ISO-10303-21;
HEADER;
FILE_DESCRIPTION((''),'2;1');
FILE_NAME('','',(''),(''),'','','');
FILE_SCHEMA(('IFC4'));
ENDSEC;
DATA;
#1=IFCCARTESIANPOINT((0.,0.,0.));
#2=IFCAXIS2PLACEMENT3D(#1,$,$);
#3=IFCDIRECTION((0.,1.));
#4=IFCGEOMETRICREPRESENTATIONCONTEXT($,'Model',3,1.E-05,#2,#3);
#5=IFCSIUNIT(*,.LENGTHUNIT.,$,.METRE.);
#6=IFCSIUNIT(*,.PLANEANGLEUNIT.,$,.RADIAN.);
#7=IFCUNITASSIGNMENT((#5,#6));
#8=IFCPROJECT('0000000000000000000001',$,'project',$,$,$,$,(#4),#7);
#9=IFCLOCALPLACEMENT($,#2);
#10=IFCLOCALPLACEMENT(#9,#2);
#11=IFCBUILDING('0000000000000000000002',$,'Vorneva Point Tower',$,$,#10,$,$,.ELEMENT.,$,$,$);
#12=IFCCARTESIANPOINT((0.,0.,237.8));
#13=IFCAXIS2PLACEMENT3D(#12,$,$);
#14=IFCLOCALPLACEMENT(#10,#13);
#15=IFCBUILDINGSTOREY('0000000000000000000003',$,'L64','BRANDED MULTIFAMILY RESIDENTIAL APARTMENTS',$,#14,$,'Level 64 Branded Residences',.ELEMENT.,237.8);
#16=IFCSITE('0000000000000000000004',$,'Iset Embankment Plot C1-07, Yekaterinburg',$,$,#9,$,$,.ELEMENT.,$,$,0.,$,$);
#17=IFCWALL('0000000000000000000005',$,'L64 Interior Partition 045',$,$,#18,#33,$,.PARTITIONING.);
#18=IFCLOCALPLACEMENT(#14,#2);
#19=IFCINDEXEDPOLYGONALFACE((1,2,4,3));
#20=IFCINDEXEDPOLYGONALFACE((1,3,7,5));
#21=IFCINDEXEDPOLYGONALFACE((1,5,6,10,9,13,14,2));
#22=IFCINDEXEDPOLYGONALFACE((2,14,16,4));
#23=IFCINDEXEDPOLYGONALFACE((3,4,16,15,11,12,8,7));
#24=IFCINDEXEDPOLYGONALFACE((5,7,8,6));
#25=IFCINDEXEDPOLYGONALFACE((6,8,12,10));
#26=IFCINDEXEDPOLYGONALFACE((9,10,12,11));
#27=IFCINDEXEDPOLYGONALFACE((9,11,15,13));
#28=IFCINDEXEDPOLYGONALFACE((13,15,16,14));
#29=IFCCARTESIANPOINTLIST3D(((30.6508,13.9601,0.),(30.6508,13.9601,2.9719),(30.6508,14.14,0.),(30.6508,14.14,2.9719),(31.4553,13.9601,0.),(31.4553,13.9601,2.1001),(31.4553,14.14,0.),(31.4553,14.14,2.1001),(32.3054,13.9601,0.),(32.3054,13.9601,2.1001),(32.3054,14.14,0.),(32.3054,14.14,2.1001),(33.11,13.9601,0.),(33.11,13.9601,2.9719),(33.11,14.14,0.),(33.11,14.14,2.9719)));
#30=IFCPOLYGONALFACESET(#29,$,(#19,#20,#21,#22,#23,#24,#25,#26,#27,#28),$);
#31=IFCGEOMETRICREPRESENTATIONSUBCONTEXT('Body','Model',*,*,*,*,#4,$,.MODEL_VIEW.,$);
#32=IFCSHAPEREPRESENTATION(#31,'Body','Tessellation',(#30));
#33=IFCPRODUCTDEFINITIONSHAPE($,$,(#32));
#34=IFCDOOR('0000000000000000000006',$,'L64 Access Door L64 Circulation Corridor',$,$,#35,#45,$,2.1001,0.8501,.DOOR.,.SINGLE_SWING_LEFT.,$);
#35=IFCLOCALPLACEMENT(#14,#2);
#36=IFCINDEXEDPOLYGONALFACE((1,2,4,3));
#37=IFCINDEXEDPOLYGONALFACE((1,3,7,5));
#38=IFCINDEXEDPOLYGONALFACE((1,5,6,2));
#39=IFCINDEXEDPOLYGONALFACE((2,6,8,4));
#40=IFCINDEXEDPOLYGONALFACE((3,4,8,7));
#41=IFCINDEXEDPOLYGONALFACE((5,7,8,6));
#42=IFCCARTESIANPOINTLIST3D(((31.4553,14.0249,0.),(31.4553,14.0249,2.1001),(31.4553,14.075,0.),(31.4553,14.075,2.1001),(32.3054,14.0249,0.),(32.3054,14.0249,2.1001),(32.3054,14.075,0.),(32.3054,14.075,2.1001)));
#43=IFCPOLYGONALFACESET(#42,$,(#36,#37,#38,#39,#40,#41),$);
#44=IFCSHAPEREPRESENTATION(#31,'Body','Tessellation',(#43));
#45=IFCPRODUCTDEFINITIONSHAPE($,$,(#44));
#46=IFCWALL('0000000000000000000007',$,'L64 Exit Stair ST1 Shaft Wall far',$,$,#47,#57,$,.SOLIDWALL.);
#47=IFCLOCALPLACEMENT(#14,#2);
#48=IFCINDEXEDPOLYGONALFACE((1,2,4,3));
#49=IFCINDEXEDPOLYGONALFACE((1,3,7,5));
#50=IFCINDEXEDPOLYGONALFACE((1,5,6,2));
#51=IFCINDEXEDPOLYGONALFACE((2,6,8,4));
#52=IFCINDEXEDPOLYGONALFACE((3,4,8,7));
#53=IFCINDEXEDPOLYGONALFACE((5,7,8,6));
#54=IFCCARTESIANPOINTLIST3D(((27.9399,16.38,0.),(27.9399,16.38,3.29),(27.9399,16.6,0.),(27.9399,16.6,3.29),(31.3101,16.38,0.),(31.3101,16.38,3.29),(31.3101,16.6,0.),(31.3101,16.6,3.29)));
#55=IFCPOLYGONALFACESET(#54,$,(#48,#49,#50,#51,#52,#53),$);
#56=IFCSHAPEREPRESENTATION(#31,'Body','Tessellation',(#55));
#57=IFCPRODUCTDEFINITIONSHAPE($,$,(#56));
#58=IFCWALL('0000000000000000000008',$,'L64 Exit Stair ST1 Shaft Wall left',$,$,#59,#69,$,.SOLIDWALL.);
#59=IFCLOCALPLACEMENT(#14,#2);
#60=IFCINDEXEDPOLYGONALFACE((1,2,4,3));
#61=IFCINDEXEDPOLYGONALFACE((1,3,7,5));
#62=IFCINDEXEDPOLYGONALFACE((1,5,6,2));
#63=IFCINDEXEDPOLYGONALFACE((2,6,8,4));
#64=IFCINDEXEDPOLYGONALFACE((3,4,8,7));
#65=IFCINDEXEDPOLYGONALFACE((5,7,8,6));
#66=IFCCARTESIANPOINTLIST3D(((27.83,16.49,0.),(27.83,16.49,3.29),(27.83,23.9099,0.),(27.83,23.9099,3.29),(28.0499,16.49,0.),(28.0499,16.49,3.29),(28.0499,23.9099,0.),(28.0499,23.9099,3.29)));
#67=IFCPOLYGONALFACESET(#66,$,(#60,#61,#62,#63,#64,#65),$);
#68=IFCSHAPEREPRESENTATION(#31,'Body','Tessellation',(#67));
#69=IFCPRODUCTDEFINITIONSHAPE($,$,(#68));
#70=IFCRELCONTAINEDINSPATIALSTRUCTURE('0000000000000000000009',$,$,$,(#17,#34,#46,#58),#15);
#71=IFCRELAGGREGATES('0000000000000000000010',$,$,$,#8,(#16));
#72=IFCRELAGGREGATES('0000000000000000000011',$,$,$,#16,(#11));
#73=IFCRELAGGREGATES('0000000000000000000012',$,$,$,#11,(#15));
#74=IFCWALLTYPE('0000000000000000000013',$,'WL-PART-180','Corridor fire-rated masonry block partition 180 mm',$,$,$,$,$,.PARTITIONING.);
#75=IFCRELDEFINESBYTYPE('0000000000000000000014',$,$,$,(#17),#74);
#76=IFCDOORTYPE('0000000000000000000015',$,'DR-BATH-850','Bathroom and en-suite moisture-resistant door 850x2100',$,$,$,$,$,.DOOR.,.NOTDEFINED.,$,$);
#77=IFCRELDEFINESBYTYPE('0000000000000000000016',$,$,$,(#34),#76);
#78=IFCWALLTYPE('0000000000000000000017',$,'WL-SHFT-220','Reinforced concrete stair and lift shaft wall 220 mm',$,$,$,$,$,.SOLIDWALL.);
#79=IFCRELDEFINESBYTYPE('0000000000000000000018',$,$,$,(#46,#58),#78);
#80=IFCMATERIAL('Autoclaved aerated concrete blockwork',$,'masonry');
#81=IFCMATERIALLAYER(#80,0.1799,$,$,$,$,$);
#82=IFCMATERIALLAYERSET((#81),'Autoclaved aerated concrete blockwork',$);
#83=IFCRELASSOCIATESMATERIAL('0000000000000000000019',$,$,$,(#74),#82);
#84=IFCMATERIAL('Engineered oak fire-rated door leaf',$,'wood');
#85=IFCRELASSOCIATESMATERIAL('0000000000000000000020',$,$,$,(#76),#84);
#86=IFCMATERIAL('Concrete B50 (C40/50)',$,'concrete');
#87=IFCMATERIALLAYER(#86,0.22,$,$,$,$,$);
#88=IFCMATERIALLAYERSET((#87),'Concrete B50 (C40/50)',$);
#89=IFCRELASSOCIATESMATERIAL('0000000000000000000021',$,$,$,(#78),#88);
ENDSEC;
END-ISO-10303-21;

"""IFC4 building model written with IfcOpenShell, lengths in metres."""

from ifc_helpers import new_model, si_unit, direction, frame, frame_2d, origin, place, context, subcontext, project, spatial, rectangle, extrude, material, layer, layer_set, type_object, element, fill, save


model = new_model("IFC4")

# Units and contexts
model_context = context("Model", 3, precision=1e-05, world=origin(), true_north=direction((0.0, 1.0)))
body_context = subcontext(model_context, "Body", "Model", "MODEL_VIEW")
ifc_project = project(units=[si_unit("LENGTHUNIT", "METRE"), si_unit("PLANEANGLEUNIT", "RADIAN")], contexts=[model_context])

# Site, building, storey
site_placement = place(None, origin())
site = spatial("IfcSite", under=ifc_project, at=site_placement, Name="Iset Embankment Plot C1-07, Yekaterinburg", CompositionType="ELEMENT", RefElevation=0.0)
building_placement = place(site_placement, origin())
building = spatial("IfcBuilding", under=site, at=building_placement, Name="Vorneva Point Tower", CompositionType="ELEMENT")
storey_placement = place(building_placement, frame((0.0, 0.0, 237.8)))
storey = spatial("IfcBuildingStorey", under=building, at=storey_placement, Name="L64", Description="BRANDED MULTIFAMILY RESIDENTIAL APARTMENTS", LongName="Level 64 Branded Residences", CompositionType="ELEMENT", Elevation=237.8)

# Shared definitions
ifc_material_1 = material(Name="Concrete B50 (C40/50)", Category="concrete")

# Wall, opening, door
ifc_material_2 = material(Name="Autoclaved aerated concrete blockwork", Category="masonry")
ifc_layer_1 = layer(ifc_material_2, 0.1799)
ifc_layer_set_1 = layer_set([ifc_layer_1], Name="Autoclaved aerated concrete blockwork")
wall_type_1 = type_object("IfcWallType", Name="WL-PART-180", Description="Corridor fire-rated masonry block partition 180 mm", PredefinedType="PARTITIONING", material=ifc_layer_set_1)
ifc_material_3 = material(Name="Engineered oak fire-rated door leaf", Category="wood")
door_type = type_object("IfcDoorType", Name="DR-BATH-850", Description="Bathroom and en-suite moisture-resistant door 850x2100", OperationType="NOTDEFINED", PredefinedType="DOOR", material=ifc_material_3)
wall_1_placement = place(storey_placement, frame((30.6509, 14.05, 0.0), z_axis=(0.0, 0.0, 1.0), x_axis=(1.0, 0.0, 0.0)))
wall_1 = element("IfcWall", 1, at=wall_1_placement, inside=storey, type_object=wall_type_1, Name="L64 Interior Partition 045", PredefinedType="PARTITIONING", context=body_context, shape_type="SweptSolid", body=[
    extrude(rectangle(XDim=2.4592, YDim=0.1799, at=frame_2d((1.2295, 0.0))), origin(), (0.0, 0.0, 1.0), 2.9719),
])
opening_1_placement = place(wall_1_placement, frame((0.8044, 0.0, 0.0)))
opening_1 = element("IfcOpeningElement", 2, at=opening_1_placement, cuts=wall_1, PredefinedType="OPENING", context=body_context, shape_type="SweptSolid", body=[
    extrude(rectangle(XDim=0.8501, YDim=2.1001, at=frame_2d((0.425, 1.05))), frame((0.0, 0.105, 0.0), z_axis=(0.0, -1.0, 0.0), x_axis=(1.0, 0.0, 0.0)), (0.0, 0.0, 1.0), 0.2097),
])
door_1_placement = place(opening_1_placement, origin())
door_1 = element("IfcDoor", 3, at=door_1_placement, inside=storey, type_object=door_type, Name="L64 Access Door L64 Circulation Corridor", OperationType="SINGLE_SWING_LEFT", OverallHeight=2.1001, OverallWidth=0.8501, PredefinedType="DOOR", context=body_context, shape_type="SweptSolid", body=[
    extrude(rectangle(XDim=0.8501, YDim=2.1001, at=frame_2d((0.425, 1.05))), frame((0.0, 0.0249, 0.0), z_axis=(0.0, -1.0, 0.0), x_axis=(1.0, 0.0, 0.0)), (0.0, 0.0, 1.0), 0.05),
])
fill(opening_1, door_1)

# Walls
ifc_layer_2 = layer(ifc_material_1, 0.22)
ifc_layer_set_2 = layer_set([ifc_layer_2], Name="Concrete B50 (C40/50)")
wall_type_2 = type_object("IfcWallType", Name="WL-SHFT-220", Description="Reinforced concrete stair and lift shaft wall 220 mm", PredefinedType="SOLIDWALL", material=ifc_layer_set_2)
wall_2_placement = place(storey_placement, frame((31.3101, 16.49, 0.0), z_axis=(0.0, 0.0, 1.0), x_axis=(-1.0, 0.0, 0.0)))
element("IfcWall", 4, at=wall_2_placement, inside=storey, type_object=wall_type_2, Name="L64 Exit Stair ST1 Shaft Wall far", PredefinedType="SOLIDWALL", context=body_context, shape_type="SweptSolid", body=[
    extrude(rectangle(XDim=3.3701, YDim=0.22, at=frame_2d((1.6851, 0.0))), origin(), (0.0, 0.0, 1.0), 3.29),
])
wall_3_placement = place(storey_placement, frame((27.9399, 16.49, 0.0), z_axis=(0.0, 0.0, 1.0), x_axis=(0.0, 1.0, 0.0)))
element("IfcWall", 5, at=wall_3_placement, inside=storey, type_object=wall_type_2, Name="L64 Exit Stair ST1 Shaft Wall left", PredefinedType="SOLIDWALL", context=body_context, shape_type="SweptSolid", body=[
    extrude(rectangle(XDim=7.4199, YDim=0.22, at=frame_2d((3.71, 0.0))), origin(), (0.0, 0.0, 1.0), 3.29),
])

save(model, "model.ifc")
